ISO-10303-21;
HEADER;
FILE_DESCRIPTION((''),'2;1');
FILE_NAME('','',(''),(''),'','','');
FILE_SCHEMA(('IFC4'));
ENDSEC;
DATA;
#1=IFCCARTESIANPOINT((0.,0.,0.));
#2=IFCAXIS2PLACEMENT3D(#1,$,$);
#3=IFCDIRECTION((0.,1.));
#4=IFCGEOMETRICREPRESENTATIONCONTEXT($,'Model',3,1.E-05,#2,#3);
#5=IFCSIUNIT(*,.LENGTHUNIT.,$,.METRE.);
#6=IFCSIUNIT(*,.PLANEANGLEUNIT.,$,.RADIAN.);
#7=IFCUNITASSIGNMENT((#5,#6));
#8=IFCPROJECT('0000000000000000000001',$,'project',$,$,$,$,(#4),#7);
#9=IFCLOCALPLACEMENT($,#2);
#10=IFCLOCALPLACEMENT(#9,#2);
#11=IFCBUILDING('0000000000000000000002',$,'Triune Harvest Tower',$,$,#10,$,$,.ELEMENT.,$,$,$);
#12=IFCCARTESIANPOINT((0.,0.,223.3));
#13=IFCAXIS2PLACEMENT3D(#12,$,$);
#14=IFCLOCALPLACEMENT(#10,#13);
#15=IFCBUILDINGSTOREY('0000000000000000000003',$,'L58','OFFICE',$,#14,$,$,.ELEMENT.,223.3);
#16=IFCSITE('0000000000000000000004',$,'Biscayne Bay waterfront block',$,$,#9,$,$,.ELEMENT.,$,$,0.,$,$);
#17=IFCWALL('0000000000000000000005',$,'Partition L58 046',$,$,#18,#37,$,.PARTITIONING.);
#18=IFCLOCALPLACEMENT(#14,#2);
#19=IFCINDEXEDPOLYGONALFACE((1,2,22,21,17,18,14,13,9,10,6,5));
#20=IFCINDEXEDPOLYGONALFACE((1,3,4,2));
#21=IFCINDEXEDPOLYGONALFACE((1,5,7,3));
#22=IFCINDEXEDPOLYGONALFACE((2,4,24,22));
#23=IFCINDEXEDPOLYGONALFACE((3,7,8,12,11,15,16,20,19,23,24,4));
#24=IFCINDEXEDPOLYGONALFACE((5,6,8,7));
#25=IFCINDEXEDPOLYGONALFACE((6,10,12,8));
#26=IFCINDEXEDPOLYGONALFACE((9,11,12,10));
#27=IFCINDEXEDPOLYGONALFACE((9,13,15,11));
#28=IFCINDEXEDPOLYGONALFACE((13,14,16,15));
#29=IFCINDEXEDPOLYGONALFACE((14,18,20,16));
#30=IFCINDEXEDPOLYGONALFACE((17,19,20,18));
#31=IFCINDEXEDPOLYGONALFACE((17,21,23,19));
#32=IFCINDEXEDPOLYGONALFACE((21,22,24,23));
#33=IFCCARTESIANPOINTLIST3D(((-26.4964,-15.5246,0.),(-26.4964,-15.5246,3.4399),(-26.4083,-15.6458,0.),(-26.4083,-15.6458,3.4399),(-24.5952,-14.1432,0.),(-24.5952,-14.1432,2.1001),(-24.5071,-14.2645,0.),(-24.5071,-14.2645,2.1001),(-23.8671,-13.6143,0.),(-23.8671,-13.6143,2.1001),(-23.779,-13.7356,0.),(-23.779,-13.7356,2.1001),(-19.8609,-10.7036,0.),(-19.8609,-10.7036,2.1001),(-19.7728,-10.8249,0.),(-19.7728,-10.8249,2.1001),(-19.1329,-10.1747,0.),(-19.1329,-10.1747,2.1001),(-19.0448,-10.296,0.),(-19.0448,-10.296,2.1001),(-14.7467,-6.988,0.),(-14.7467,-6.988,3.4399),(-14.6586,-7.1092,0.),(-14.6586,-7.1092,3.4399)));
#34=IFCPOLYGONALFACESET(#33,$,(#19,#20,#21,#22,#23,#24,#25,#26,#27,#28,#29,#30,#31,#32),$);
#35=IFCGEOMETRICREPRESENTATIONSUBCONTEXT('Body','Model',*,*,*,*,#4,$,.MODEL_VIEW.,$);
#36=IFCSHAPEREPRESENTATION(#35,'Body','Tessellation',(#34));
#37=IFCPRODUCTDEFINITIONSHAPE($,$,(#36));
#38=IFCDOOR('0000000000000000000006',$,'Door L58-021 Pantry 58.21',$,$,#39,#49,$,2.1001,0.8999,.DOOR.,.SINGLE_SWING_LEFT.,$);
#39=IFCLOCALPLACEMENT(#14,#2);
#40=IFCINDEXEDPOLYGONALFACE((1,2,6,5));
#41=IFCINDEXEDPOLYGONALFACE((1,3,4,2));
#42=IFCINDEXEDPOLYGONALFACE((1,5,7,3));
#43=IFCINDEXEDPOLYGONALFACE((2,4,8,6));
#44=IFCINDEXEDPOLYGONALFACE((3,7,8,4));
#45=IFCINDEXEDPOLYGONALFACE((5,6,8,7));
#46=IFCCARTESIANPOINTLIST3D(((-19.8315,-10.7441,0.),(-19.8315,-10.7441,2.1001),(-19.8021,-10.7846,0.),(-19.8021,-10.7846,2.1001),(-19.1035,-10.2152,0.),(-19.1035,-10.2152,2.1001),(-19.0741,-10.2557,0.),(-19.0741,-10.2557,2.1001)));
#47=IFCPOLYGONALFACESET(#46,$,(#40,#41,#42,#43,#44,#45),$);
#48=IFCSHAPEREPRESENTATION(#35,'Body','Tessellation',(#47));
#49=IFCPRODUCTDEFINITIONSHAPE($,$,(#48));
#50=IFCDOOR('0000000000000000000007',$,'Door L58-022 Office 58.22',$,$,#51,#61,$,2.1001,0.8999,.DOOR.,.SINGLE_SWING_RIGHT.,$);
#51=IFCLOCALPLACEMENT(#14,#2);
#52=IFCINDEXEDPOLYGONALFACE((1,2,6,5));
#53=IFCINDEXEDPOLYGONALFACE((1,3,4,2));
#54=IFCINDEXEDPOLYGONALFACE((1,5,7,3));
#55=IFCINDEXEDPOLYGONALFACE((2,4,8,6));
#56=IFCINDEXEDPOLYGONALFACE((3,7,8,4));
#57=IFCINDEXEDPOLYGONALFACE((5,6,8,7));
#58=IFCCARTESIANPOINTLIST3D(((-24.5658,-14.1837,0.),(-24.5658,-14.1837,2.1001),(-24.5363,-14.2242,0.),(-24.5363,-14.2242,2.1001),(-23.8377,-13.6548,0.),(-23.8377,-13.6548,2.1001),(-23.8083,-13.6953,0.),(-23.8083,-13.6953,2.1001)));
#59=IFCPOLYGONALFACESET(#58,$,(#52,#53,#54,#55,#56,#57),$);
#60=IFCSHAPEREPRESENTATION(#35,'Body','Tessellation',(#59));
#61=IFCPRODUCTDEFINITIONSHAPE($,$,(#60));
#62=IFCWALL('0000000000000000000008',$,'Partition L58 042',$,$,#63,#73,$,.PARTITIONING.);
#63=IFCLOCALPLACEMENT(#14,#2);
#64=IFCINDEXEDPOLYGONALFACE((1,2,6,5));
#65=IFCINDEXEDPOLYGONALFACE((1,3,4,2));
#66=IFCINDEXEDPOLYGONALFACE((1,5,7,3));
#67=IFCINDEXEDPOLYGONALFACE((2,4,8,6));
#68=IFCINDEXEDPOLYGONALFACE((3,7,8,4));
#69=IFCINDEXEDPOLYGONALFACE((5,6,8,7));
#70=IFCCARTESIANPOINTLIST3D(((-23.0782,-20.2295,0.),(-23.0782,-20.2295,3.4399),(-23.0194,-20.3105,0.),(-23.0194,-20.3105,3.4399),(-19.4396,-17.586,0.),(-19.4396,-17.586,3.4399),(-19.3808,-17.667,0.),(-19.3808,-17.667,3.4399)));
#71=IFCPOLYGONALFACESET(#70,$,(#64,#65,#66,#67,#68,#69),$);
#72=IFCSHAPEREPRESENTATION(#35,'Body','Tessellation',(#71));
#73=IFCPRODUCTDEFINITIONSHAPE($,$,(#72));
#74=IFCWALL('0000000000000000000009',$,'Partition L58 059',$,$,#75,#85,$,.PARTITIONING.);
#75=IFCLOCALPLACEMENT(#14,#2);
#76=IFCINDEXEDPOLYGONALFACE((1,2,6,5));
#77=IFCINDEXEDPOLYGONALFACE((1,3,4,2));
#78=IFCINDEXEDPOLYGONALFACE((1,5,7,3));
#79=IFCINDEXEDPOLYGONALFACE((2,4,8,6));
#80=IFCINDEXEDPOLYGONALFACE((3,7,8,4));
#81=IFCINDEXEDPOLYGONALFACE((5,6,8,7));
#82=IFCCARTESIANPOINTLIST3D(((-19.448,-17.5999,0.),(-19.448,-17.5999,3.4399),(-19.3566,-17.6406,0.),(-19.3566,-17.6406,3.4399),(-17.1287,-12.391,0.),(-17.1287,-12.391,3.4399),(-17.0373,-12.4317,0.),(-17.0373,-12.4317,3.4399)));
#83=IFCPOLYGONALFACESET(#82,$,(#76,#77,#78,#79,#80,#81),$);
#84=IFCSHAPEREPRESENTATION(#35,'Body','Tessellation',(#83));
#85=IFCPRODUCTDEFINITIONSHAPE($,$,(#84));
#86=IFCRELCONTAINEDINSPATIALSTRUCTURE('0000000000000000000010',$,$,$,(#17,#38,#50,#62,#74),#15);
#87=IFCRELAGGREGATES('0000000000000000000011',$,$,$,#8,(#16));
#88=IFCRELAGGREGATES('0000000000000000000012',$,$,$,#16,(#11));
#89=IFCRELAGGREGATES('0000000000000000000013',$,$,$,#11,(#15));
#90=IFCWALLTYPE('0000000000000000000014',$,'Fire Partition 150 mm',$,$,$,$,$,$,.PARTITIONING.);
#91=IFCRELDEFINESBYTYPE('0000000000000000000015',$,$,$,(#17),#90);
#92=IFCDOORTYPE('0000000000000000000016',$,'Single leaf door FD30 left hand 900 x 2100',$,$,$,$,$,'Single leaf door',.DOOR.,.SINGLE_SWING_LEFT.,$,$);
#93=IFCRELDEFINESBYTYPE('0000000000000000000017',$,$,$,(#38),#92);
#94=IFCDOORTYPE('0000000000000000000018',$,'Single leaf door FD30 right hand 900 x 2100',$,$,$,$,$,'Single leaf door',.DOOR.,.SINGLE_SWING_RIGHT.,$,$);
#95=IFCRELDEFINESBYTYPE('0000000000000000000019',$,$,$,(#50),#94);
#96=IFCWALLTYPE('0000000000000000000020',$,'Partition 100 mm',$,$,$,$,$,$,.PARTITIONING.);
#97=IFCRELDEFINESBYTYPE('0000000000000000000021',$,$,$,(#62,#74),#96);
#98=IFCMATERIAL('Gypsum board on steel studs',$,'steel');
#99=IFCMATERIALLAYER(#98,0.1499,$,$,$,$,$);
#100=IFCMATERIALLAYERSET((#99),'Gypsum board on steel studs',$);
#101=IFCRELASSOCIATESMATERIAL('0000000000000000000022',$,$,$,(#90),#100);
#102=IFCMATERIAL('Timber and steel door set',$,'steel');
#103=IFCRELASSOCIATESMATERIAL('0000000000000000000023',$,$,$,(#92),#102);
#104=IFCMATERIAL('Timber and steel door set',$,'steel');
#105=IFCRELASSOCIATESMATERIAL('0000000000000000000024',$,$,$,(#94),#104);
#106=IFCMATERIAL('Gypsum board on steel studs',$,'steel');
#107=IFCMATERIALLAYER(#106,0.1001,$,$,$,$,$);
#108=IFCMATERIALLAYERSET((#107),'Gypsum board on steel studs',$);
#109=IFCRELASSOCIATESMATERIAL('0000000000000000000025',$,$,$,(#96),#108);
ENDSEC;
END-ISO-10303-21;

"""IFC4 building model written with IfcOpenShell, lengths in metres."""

from ifc_helpers import new_model, si_unit, direction, frame, frame_2d, origin, place, context, subcontext, project, spatial, rectangle, extrude, material, layer, layer_set, type_object, element, fill, save


model = new_model("IFC4")

# Units and contexts
model_context = context("Model", 3, precision=1e-05, world=origin(), true_north=direction((0.0, 1.0)))
body_context = subcontext(model_context, "Body", "Model", "MODEL_VIEW")
ifc_project = project(units=[si_unit("LENGTHUNIT", "METRE"), si_unit("PLANEANGLEUNIT", "RADIAN")], contexts=[model_context])

# Site, building, storey
site_placement = place(None, origin())
site = spatial("IfcSite", under=ifc_project, at=site_placement, Name="Biscayne Bay waterfront block", CompositionType="ELEMENT", RefElevation=0.0)
building_placement = place(site_placement, origin())
building = spatial("IfcBuilding", under=site, at=building_placement, Name="Triune Harvest Tower", CompositionType="ELEMENT")
storey_placement = place(building_placement, frame((0.0, 0.0, 223.3)))
storey = spatial("IfcBuildingStorey", under=building, at=storey_placement, Name="L58", Description="OFFICE", CompositionType="ELEMENT", Elevation=223.3)

# Wall, openings, doors
ifc_material_1 = material(Name="Gypsum board on steel studs", Category="steel")
ifc_layer_1 = layer(ifc_material_1, 0.1499)
ifc_layer_set_1 = layer_set([ifc_layer_1], Name="Gypsum board on steel studs")
wall_type_1 = type_object("IfcWallType", Name="Fire Partition 150 mm", PredefinedType="PARTITIONING", material=ifc_layer_set_1)
wall_1_placement = place(storey_placement, frame((-26.4524, -15.5852, 0.0), z_axis=(0.0, 0.0, 1.0), x_axis=(0.809019, 0.587782, 0.0)))
wall_1 = element("IfcWall", 1, at=wall_1_placement, inside=storey, type_object=wall_type_1, Name="Partition L58 046", PredefinedType="PARTITIONING", context=body_context, shape_type="SweptSolid", body=[
    extrude(rectangle(XDim=14.5234, YDim=0.1499, at=frame_2d((7.2617, 0.0))), origin(), (0.0, 0.0, 1.0), 3.4399),
])
opening_1_placement = place(wall_1_placement, frame((8.2019, 0.0, 0.0)))
opening_1 = element("IfcOpeningElement", 2, at=opening_1_placement, cuts=wall_1, PredefinedType="OPENING", context=body_context, shape_type="SweptSolid", body=[
    extrude(rectangle(XDim=0.8999, YDim=2.1001, at=frame_2d((0.45, 1.05))), frame((0.0, 0.085, 0.0), z_axis=(0.0, -1.0, 0.0), x_axis=(1.0, 0.0, 0.0)), (0.0, 0.0, 1.0), 0.1699),
])
opening_2_placement = place(wall_1_placement, frame((2.3501, 0.0, 0.0)))
opening_2 = element("IfcOpeningElement", 3, at=opening_2_placement, cuts=wall_1, PredefinedType="OPENING", context=body_context, shape_type="SweptSolid", body=[
    extrude(rectangle(XDim=0.8999, YDim=2.1001, at=frame_2d((0.45, 1.05))), frame((0.0, 0.085, 0.0), z_axis=(0.0, -1.0, 0.0), x_axis=(1.0, 0.0, 0.0)), (0.0, 0.0, 1.0), 0.1699),
])
ifc_material_2 = material(Name="Timber and steel door set", Category="steel")
door_type_1 = type_object("IfcDoorType", Name="Single leaf door FD30 left hand 900 x 2100", ElementType="Single leaf door", OperationType="SINGLE_SWING_LEFT", PredefinedType="DOOR", material=ifc_material_2)
door_1_placement = place(opening_1_placement, origin())
door_1 = element("IfcDoor", 4, at=door_1_placement, inside=storey, type_object=door_type_1, Name="Door L58-021 Pantry 58.21", OperationType="SINGLE_SWING_LEFT", OverallHeight=2.1001, OverallWidth=0.8999, PredefinedType="DOOR", context=body_context, shape_type="SweptSolid", body=[
    extrude(rectangle(XDim=0.8999, YDim=2.1001, at=frame_2d((0.45, 1.05))), frame((0.0, 0.0249, 0.0), z_axis=(0.0, -1.0, 0.0), x_axis=(1.0, 0.0, 0.0)), (0.0, 0.0, 1.0), 0.05),
])
fill(opening_1, door_1)
ifc_material_3 = material(Name="Timber and steel door set", Category="steel")
door_type_2 = type_object("IfcDoorType", Name="Single leaf door FD30 right hand 900 x 2100", ElementType="Single leaf door", OperationType="SINGLE_SWING_RIGHT", PredefinedType="DOOR", material=ifc_material_3)
door_2_placement = place(opening_2_placement, origin())
door_2 = element("IfcDoor", 5, at=door_2_placement, inside=storey, type_object=door_type_2, Name="Door L58-022 Office 58.22", OperationType="SINGLE_SWING_RIGHT", OverallHeight=2.1001, OverallWidth=0.8999, PredefinedType="DOOR", context=body_context, shape_type="SweptSolid", body=[
    extrude(rectangle(XDim=0.8999, YDim=2.1001, at=frame_2d((0.45, 1.05))), frame((0.0, 0.0249, 0.0), z_axis=(0.0, -1.0, 0.0), x_axis=(1.0, 0.0, 0.0)), (0.0, 0.0, 1.0), 0.05),
])
fill(opening_2, door_2)

# Walls
ifc_material_4 = material(Name="Gypsum board on steel studs", Category="steel")
ifc_layer_2 = layer(ifc_material_4, 0.1001)
ifc_layer_set_2 = layer_set([ifc_layer_2], Name="Gypsum board on steel studs")
wall_type_2 = type_object("IfcWallType", Name="Partition 100 mm", PredefinedType="PARTITIONING", material=ifc_layer_set_2)
wall_2_placement = place(storey_placement, frame((-23.0488, -20.27, 0.0), z_axis=(0.0, 0.0, 1.0), x_axis=(0.809027, 0.587771, 0.0)))
element("IfcWall", 6, at=wall_2_placement, inside=storey, type_object=wall_type_2, Name="Partition L58 042", PredefinedType="PARTITIONING", context=body_context, shape_type="SweptSolid", body=[
    extrude(rectangle(XDim=4.4976, YDim=0.1001, at=frame_2d((2.2488, 0.0))), origin(), (0.0, 0.0, 1.0), 3.4399),
])
wall_3_placement = place(storey_placement, frame((-19.4023, -17.6204, 0.0), z_axis=(0.0, 0.0, 1.0), x_axis=(0.406758, 0.913536, 0.0)))
element("IfcWall", 7, at=wall_3_placement, inside=storey, type_object=wall_type_2, Name="Partition L58 059", PredefinedType="PARTITIONING", context=body_context, shape_type="SweptSolid", body=[
    extrude(rectangle(XDim=5.7019, YDim=0.1001, at=frame_2d((2.8511, 0.0))), origin(), (0.0, 0.0, 1.0), 3.4399),
])

save(model, "model.ifc")
